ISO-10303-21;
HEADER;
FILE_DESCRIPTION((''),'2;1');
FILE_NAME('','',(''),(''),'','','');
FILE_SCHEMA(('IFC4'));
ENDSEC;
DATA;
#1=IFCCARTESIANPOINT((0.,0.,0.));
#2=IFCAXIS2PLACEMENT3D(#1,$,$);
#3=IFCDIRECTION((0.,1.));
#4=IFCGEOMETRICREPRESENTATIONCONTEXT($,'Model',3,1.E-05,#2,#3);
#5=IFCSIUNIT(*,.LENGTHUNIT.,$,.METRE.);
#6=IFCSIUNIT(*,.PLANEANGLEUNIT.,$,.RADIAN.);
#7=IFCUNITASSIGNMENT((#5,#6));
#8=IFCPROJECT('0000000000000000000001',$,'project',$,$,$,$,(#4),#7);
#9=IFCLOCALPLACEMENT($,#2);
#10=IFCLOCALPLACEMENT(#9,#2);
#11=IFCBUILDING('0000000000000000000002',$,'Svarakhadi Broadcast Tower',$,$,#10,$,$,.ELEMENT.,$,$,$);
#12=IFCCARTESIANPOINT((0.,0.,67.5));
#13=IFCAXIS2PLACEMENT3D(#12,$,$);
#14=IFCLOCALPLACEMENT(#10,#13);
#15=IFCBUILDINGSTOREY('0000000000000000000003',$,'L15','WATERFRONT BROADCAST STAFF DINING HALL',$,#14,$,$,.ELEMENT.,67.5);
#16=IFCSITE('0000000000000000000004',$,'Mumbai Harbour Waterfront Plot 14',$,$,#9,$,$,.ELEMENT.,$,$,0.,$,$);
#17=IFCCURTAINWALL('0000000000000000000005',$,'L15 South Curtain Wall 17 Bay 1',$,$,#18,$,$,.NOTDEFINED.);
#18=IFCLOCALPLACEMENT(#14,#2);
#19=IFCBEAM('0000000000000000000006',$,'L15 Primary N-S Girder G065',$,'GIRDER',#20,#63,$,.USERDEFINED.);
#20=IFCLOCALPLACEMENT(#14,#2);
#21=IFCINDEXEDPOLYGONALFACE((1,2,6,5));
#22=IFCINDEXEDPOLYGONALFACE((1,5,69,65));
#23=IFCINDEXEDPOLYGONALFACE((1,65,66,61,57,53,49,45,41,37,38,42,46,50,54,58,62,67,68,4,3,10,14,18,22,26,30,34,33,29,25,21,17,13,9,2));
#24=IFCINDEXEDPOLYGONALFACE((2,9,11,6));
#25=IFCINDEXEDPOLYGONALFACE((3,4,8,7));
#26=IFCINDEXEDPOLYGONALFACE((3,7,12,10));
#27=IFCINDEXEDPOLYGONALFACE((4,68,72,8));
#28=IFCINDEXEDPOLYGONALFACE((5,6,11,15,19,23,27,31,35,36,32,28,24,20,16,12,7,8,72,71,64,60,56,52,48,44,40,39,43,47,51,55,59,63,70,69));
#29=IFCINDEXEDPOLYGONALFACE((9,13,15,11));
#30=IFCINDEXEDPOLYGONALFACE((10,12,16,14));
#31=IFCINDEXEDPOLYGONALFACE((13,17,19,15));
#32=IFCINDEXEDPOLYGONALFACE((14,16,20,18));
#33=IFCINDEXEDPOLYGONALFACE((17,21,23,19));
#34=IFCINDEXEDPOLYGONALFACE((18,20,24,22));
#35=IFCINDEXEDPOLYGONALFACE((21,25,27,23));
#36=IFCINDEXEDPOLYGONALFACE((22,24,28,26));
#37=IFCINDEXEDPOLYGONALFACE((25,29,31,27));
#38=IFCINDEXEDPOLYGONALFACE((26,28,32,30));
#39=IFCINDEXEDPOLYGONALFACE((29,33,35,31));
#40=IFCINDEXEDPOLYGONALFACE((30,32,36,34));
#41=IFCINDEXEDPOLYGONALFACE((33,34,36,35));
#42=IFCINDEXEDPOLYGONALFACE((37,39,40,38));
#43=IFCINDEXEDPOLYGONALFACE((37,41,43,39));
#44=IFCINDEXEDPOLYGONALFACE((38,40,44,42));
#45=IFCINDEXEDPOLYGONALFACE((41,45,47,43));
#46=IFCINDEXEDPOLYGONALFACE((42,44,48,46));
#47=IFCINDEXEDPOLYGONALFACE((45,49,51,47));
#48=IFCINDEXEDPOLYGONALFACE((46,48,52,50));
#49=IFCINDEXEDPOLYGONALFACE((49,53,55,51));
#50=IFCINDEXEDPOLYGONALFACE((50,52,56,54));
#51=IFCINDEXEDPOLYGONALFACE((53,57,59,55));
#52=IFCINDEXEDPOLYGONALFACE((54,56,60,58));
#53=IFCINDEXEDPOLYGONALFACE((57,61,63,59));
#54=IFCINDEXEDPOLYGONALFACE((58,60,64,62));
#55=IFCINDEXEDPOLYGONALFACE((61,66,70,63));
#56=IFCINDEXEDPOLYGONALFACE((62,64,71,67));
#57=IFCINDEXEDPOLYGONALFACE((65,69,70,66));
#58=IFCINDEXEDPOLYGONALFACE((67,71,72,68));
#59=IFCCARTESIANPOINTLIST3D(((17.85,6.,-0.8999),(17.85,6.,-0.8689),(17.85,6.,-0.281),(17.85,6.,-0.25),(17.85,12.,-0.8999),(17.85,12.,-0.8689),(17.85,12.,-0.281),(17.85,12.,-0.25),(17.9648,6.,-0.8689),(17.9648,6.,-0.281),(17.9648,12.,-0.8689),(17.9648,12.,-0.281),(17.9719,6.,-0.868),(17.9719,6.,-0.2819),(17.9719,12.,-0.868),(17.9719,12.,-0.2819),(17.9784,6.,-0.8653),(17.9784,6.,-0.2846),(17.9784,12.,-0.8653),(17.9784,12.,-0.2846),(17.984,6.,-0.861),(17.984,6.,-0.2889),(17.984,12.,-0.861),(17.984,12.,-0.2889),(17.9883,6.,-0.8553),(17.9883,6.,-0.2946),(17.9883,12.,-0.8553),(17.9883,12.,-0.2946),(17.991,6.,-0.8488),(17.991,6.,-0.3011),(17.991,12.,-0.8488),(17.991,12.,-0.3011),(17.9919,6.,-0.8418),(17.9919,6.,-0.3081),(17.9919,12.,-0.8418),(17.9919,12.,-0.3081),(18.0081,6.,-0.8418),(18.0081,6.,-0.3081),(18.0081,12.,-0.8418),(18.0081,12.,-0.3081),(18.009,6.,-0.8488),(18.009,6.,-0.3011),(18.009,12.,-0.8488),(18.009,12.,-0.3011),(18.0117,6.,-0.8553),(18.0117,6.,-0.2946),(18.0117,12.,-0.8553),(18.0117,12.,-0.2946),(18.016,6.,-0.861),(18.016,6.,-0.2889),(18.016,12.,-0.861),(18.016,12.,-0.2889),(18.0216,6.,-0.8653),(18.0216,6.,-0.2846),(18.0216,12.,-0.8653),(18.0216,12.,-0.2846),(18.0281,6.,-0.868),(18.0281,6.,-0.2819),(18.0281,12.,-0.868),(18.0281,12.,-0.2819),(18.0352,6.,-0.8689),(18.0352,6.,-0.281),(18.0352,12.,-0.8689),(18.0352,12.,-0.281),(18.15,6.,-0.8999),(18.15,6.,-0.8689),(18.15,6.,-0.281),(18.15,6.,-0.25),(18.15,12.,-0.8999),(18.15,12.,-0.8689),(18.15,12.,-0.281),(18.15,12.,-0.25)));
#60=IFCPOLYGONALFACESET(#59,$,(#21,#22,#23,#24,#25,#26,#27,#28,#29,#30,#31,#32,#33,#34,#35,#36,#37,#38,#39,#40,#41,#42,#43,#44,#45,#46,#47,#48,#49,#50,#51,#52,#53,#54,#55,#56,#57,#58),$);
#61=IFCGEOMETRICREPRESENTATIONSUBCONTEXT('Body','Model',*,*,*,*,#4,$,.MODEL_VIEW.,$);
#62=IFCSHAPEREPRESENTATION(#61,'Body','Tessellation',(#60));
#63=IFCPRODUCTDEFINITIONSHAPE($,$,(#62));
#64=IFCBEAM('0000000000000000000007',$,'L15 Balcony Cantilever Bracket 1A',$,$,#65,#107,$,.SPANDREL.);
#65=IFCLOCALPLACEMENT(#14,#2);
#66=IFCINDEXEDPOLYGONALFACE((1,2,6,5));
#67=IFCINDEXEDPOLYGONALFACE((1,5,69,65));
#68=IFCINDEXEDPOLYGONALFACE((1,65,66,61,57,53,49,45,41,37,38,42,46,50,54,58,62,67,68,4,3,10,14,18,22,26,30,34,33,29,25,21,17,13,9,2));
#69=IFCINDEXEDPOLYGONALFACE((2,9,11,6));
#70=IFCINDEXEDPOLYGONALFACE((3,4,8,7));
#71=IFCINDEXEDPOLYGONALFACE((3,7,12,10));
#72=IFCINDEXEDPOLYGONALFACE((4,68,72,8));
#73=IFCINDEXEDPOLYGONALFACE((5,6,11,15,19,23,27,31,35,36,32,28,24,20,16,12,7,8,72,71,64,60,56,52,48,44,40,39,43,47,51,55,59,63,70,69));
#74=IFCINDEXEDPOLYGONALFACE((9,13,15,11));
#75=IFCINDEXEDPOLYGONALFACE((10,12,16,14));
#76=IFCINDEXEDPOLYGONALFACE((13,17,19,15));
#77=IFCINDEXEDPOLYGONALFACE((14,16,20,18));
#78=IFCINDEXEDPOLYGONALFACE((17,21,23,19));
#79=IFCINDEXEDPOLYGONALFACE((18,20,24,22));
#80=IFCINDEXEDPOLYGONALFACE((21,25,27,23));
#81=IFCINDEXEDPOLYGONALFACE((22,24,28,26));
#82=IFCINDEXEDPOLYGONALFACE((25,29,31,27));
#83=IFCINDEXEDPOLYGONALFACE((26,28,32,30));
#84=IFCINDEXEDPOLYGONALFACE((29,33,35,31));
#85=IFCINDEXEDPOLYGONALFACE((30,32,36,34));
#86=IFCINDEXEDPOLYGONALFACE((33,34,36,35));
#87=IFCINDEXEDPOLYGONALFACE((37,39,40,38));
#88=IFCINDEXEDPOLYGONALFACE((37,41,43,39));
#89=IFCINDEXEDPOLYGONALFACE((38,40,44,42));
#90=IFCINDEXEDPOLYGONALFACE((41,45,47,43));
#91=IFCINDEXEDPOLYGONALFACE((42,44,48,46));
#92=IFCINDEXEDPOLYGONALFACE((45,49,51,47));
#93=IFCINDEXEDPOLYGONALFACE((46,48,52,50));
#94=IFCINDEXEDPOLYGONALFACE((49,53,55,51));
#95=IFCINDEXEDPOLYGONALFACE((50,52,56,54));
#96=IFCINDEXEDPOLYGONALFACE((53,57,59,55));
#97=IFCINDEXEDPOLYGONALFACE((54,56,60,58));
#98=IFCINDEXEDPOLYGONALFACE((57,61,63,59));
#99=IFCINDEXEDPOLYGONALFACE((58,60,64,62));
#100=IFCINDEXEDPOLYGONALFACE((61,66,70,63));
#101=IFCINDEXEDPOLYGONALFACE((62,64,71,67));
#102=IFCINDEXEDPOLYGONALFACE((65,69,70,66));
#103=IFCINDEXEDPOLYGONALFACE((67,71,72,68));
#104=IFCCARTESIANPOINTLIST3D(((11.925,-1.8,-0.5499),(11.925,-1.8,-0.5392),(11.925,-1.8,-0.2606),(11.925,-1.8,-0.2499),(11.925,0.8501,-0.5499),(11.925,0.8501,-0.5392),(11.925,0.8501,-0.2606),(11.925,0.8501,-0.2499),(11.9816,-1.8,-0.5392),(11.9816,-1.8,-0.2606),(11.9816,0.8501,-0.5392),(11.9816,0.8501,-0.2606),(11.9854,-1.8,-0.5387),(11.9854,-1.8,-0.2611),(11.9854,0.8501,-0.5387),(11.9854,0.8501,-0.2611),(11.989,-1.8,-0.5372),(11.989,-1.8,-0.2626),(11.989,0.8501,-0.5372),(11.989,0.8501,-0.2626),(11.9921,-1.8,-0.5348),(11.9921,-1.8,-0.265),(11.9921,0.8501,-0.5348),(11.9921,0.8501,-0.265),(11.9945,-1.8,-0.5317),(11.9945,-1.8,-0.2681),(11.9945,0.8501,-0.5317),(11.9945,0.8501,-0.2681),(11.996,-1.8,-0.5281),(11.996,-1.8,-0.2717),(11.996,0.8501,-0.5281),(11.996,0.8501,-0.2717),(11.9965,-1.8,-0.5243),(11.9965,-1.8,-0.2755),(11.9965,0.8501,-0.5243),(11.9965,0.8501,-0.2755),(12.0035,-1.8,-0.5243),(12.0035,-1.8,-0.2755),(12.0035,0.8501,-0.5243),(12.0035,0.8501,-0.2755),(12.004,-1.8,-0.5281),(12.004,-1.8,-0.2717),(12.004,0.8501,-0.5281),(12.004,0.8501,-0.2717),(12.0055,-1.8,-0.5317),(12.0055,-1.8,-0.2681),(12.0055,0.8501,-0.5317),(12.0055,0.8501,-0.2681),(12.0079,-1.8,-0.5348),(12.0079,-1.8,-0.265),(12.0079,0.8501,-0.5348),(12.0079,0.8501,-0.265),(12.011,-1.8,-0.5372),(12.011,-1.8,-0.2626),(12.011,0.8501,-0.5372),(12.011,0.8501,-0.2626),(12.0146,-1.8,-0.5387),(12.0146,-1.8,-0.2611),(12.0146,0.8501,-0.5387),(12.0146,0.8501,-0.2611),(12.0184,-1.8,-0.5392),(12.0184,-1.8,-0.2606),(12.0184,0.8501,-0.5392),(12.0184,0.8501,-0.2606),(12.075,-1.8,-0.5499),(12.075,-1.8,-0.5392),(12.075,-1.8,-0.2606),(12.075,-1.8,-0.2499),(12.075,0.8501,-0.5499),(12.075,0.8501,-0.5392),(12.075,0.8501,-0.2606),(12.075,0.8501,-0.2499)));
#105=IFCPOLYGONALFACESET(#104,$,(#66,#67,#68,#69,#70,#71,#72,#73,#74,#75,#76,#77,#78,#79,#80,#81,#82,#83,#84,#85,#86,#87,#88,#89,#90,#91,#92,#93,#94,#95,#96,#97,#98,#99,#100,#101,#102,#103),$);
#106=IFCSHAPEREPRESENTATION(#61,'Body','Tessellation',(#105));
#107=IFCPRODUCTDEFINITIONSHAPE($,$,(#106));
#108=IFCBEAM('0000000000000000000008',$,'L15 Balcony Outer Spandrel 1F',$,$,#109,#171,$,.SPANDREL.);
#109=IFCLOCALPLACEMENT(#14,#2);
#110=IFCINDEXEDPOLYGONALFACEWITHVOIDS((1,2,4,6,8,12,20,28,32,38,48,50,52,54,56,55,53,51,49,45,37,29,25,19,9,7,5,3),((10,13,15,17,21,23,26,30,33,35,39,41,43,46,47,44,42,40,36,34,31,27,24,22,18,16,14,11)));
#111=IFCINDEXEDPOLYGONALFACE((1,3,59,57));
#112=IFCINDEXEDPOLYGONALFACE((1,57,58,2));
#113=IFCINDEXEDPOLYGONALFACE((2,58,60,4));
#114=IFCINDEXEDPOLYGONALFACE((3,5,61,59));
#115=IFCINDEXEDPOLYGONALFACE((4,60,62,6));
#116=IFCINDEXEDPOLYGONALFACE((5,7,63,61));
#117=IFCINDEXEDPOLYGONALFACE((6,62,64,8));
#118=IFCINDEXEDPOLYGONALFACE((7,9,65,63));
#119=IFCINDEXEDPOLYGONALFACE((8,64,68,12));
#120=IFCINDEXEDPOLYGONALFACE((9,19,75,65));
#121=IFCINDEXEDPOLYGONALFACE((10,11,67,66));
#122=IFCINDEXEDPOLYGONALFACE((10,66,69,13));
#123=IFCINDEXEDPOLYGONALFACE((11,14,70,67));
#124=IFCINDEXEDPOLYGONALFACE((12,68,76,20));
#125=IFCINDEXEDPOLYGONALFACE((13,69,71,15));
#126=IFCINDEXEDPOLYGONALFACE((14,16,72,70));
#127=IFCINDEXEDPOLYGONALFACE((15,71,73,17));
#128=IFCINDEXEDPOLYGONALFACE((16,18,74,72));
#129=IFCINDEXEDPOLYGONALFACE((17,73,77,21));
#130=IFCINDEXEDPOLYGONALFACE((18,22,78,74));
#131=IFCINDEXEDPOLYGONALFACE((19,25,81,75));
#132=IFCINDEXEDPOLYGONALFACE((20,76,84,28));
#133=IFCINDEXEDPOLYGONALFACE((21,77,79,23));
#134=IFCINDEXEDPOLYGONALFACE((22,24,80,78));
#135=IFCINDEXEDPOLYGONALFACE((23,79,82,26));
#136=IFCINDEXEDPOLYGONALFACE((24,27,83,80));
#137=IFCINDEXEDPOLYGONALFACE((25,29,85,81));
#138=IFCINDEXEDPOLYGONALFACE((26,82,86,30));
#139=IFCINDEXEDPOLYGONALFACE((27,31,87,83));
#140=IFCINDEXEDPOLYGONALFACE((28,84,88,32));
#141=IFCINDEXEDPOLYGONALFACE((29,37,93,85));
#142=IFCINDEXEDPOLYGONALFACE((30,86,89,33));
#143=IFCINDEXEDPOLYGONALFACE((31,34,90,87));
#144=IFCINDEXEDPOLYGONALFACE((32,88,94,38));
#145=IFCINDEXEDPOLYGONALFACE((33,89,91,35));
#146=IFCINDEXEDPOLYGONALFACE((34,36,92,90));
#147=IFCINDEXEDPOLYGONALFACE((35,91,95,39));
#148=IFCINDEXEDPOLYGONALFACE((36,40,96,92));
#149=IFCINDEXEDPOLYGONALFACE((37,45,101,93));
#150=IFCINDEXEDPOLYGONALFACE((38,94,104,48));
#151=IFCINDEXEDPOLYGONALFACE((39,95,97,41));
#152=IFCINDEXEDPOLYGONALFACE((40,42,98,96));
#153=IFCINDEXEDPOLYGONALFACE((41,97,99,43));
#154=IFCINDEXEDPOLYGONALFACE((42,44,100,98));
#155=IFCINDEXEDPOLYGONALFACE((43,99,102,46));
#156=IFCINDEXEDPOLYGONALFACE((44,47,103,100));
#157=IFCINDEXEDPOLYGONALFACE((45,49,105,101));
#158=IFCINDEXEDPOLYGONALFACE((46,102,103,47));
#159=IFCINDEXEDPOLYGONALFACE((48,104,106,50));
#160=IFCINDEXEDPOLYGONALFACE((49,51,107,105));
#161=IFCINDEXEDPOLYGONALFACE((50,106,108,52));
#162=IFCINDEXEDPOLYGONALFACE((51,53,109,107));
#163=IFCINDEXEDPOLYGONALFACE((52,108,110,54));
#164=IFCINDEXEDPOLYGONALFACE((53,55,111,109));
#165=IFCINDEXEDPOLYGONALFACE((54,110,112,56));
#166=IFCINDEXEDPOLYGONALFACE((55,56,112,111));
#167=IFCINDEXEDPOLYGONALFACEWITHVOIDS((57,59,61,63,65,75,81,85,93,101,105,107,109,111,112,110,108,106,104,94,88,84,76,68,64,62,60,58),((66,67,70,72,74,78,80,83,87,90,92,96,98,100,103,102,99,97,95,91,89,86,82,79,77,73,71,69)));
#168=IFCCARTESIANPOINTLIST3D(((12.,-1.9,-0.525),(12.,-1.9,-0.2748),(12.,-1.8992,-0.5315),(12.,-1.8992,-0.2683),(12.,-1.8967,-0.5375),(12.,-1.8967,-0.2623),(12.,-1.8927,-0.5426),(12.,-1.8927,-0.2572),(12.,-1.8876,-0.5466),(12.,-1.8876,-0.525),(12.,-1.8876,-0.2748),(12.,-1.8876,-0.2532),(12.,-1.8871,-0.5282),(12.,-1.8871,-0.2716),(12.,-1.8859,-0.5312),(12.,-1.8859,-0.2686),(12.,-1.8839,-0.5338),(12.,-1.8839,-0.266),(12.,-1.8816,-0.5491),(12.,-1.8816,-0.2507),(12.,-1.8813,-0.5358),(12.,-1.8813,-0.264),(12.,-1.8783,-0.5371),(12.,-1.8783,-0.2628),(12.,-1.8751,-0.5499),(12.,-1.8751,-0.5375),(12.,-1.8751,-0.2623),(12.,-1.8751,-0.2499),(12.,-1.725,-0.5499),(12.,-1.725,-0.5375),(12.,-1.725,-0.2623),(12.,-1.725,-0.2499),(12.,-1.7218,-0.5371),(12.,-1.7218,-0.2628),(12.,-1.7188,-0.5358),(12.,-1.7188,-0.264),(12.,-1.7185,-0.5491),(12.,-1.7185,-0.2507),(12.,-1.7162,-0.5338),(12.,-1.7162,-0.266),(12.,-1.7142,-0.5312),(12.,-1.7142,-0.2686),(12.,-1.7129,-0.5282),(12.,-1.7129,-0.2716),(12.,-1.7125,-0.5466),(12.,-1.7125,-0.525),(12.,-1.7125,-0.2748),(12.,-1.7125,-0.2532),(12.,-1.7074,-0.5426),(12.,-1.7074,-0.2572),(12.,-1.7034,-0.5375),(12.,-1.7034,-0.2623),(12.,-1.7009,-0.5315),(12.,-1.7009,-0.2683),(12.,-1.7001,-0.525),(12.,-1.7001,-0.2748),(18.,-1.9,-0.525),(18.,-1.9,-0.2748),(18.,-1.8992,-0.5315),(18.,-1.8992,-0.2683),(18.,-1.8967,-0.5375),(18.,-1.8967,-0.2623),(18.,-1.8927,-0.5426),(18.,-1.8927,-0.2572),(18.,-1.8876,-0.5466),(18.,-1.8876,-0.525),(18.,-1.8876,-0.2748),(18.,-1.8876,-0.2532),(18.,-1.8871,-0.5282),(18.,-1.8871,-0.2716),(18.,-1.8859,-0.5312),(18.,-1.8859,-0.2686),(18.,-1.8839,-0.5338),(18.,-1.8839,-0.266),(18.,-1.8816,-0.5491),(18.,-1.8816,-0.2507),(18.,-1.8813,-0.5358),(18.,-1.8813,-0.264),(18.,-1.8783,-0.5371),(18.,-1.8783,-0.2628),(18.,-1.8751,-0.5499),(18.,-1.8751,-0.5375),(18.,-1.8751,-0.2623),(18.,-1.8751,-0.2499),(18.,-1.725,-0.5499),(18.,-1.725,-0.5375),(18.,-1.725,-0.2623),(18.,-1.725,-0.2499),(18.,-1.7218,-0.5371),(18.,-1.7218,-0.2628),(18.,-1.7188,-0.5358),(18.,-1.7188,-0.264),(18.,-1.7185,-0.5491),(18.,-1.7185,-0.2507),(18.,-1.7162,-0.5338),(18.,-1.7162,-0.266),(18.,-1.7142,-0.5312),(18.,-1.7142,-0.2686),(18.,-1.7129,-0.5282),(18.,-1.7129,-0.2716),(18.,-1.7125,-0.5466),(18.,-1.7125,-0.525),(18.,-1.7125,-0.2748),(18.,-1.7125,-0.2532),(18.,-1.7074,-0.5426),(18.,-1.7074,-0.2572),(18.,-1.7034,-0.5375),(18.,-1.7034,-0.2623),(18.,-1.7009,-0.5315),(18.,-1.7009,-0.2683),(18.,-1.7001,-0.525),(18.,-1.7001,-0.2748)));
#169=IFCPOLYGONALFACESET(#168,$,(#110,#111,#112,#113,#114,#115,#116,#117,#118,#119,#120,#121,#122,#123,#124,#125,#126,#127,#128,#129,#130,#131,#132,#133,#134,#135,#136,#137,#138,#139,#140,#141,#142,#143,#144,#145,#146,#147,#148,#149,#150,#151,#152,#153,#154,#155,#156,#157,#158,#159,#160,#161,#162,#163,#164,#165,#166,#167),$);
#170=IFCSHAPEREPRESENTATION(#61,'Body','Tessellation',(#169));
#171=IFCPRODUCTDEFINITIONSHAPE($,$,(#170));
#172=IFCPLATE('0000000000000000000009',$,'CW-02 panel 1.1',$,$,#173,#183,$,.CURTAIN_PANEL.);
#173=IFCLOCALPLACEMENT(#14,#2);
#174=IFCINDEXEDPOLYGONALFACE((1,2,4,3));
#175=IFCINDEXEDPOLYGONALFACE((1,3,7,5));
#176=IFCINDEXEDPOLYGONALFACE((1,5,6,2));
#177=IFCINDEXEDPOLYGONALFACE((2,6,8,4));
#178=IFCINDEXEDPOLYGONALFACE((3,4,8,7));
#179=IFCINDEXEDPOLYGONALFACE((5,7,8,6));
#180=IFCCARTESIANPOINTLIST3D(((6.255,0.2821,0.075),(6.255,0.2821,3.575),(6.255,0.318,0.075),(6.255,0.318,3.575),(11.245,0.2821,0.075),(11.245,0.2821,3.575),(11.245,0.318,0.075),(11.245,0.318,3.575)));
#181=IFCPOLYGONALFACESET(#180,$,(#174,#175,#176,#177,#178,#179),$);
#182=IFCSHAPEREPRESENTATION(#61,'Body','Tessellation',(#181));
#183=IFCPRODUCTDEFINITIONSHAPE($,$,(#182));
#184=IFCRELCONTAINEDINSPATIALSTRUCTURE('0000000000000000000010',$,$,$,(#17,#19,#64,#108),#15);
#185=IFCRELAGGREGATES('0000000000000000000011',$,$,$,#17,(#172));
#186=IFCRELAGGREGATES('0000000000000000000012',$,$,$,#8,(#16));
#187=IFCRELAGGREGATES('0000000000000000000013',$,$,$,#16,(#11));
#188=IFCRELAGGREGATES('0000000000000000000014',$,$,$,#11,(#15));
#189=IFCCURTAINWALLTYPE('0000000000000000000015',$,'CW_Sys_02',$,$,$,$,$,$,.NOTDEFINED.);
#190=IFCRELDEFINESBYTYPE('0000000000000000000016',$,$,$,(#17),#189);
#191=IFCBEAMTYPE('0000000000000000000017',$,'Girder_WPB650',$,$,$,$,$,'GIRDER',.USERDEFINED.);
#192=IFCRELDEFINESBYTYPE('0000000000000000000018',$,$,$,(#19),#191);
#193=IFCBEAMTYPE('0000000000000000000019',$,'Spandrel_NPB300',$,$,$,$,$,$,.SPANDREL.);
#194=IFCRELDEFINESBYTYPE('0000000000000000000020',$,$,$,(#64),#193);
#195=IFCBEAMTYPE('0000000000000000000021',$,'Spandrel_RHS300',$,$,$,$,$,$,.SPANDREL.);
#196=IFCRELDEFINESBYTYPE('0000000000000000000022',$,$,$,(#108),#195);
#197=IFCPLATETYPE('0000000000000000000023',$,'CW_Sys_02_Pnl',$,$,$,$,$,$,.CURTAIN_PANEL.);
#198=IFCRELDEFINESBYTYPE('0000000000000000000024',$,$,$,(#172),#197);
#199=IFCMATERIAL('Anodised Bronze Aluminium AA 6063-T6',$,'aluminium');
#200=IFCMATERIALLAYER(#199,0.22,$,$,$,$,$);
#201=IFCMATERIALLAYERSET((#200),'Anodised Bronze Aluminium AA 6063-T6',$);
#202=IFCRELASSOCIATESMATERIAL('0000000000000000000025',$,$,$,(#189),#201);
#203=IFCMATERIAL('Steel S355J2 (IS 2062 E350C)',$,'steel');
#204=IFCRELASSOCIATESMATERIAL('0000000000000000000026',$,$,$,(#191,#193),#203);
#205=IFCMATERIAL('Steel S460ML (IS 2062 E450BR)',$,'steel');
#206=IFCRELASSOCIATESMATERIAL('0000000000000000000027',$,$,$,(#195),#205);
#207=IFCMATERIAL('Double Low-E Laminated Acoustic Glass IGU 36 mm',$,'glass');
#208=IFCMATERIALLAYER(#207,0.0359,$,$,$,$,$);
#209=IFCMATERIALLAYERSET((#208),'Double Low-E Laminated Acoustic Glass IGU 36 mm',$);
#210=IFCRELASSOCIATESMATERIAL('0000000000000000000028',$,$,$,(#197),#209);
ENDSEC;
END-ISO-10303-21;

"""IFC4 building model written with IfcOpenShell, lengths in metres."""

from ifc_helpers import new_model, si_unit, direction, frame, origin, origin_2d, place, context, subcontext, project, spatial, rectangle, hollow_rectangle, i_section, extrude, material, layer, layer_set, material_profile, profile_set, type_object, element, aggregate, save


model = new_model("IFC4")

# Units and contexts
model_context = context("Model", 3, precision=1e-05, world=origin(), true_north=direction((0.0, 1.0)))
body_context = subcontext(model_context, "Body", "Model", "MODEL_VIEW")
ifc_project = project(units=[si_unit("LENGTHUNIT", "METRE"), si_unit("PLANEANGLEUNIT", "RADIAN")], contexts=[model_context])

# Site, building, storey
site_placement = place(None, origin())
site = spatial("IfcSite", under=ifc_project, at=site_placement, Name="Mumbai Harbour Waterfront Plot 14", CompositionType="ELEMENT", RefElevation=0.0)
building_placement = place(site_placement, origin())
building = spatial("IfcBuilding", under=site, at=building_placement, Name="Svarakhadi Broadcast Tower", CompositionType="ELEMENT")
storey_placement = place(building_placement, frame((0.0, 0.0, 67.5)))
storey = spatial("IfcBuildingStorey", under=building, at=storey_placement, Name="L15", Description="WATERFRONT BROADCAST STAFF DINING HALL", CompositionType="ELEMENT", Elevation=67.5)

# Shared definitions
ifc_material_1 = material(Name="Steel S460ML (IS 2062 E450BR)", Category="steel")

# Shared definitions
ifc_material_2 = material(Name="Steel S355J2 (IS 2062 E350C)", Category="steel")

# Curtain wall
ifc_material_3 = material(Name="Anodised Bronze Aluminium AA 6063-T6", Category="aluminium")
ifc_layer_1 = layer(ifc_material_3, 0.22)
ifc_layer_set_1 = layer_set([ifc_layer_1], Name="Anodised Bronze Aluminium AA 6063-T6")
curtain_wall_type = type_object("IfcCurtainWallType", Name="CW_Sys_02", PredefinedType="NOTDEFINED", material=ifc_layer_set_1)
curtain_wall_placement = place(storey_placement, origin())
curtain_wall = element("IfcCurtainWall", 1, at=curtain_wall_placement, inside=storey, type_object=curtain_wall_type, Name="L15 South Curtain Wall 17 Bay 1", PredefinedType="NOTDEFINED")

# Beams
ifc_material_profile_1 = material_profile(ifc_material_2, i_section(OverallWidth=0.3, OverallDepth=0.6499, WebThickness=0.0161, FlangeThickness=0.031, FilletRadius=0.0271, at=origin_2d()), Name="WPB 650x300x225")
ifc_profile_set_1 = profile_set([ifc_material_profile_1], Name="Steel S355J2 (IS 2062 E350C)")
beam_type_1 = type_object("IfcBeamType", Name="Girder_WPB650", ElementType="GIRDER", PredefinedType="USERDEFINED", material=ifc_profile_set_1)
beam_1_placement = place(storey_placement, frame((18.0, 6.0, -0.575), z_axis=(0.0, 1.0, 0.0), x_axis=(-1.0, 0.0, 0.0)))
element("IfcBeam", 2, at=beam_1_placement, inside=storey, type_object=beam_type_1, Name="L15 Primary N-S Girder G065", ObjectType="GIRDER", PredefinedType="USERDEFINED", context=body_context, shape_type="SweptSolid", body=[
    extrude(i_section(OverallWidth=0.3, OverallDepth=0.6499, WebThickness=0.0161, FlangeThickness=0.031, FilletRadius=0.0271, at=origin_2d()), origin(), (0.0, 0.0, 1.0), 6.0),
])
ifc_material_profile_2 = material_profile(ifc_material_2, i_section(OverallWidth=0.1499, OverallDepth=0.3, WebThickness=0.0071, FlangeThickness=0.0107, FilletRadius=0.0149, at=origin_2d()), Name="NPB 300x150x37")
ifc_profile_set_2 = profile_set([ifc_material_profile_2], Name="Steel S355J2 (IS 2062 E350C)")
beam_type_2 = type_object("IfcBeamType", Name="Spandrel_NPB300", PredefinedType="SPANDREL", material=ifc_profile_set_2)
beam_2_placement = place(storey_placement, frame((12.0, 0.8501, -0.3999), z_axis=(0.0, -1.0, 0.0), x_axis=(1.0, 0.0, 0.0)))
element("IfcBeam", 3, at=beam_2_placement, inside=storey, type_object=beam_type_2, Name="L15 Balcony Cantilever Bracket 1A", PredefinedType="SPANDREL", context=body_context, shape_type="SweptSolid", body=[
    extrude(i_section(OverallWidth=0.1499, OverallDepth=0.3, WebThickness=0.0071, FlangeThickness=0.0107, FilletRadius=0.0149, at=origin_2d()), origin(), (0.0, 0.0, 1.0), 2.6501),
])
ifc_material_profile_3 = material_profile(ifc_material_1, hollow_rectangle(XDim=0.2, YDim=0.3, WallThickness=0.0125, InnerFilletRadius=0.0125, OuterFilletRadius=0.0249, at=origin_2d()), Name="RHS 300x200x12.5")
ifc_profile_set_3 = profile_set([ifc_material_profile_3], Name="Steel S460ML (IS 2062 E450BR)")
beam_type_3 = type_object("IfcBeamType", Name="Spandrel_RHS300", PredefinedType="SPANDREL", material=ifc_profile_set_3)
beam_3_placement = place(storey_placement, frame((12.0, -1.8, -0.3999), z_axis=(1.0, 0.0, 0.0), x_axis=(0.0, 1.0, 0.0)))
element("IfcBeam", 4, at=beam_3_placement, inside=storey, type_object=beam_type_3, Name="L15 Balcony Outer Spandrel 1F", PredefinedType="SPANDREL", context=body_context, shape_type="SweptSolid", body=[
    extrude(hollow_rectangle(XDim=0.2, YDim=0.3, WallThickness=0.0125, InnerFilletRadius=0.0125, OuterFilletRadius=0.0249, at=origin_2d()), origin(), (0.0, 0.0, 1.0), 6.0),
])

# Plate
ifc_material_4 = material(Name="Double Low-E Laminated Acoustic Glass IGU 36 mm", Category="glass")
ifc_layer_2 = layer(ifc_material_4, 0.0359)
ifc_layer_set_2 = layer_set([ifc_layer_2], Name="Double Low-E Laminated Acoustic Glass IGU 36 mm")
plate_type_1 = type_object("IfcPlateType", Name="CW_Sys_02_Pnl", PredefinedType="CURTAIN_PANEL", material=ifc_layer_set_2)
plate_1_placement = place(storey_placement, frame((8.75, 0.3, 0.075), z_axis=(0.0, 0.0, 1.0), x_axis=(-1.0, 0.0, 0.0)))
plate_1 = element("IfcPlate", 5, at=plate_1_placement, type_object=plate_type_1, Name="CW-02 panel 1.1", PredefinedType="CURTAIN_PANEL", context=body_context, shape_type="SweptSolid", body=[
    extrude(rectangle(XDim=4.99, YDim=0.0359, at=origin_2d()), origin(), (0.0, 0.0, 1.0), 3.5),
])
aggregate(curtain_wall, [plate_1])

save(model, "model.ifc")
